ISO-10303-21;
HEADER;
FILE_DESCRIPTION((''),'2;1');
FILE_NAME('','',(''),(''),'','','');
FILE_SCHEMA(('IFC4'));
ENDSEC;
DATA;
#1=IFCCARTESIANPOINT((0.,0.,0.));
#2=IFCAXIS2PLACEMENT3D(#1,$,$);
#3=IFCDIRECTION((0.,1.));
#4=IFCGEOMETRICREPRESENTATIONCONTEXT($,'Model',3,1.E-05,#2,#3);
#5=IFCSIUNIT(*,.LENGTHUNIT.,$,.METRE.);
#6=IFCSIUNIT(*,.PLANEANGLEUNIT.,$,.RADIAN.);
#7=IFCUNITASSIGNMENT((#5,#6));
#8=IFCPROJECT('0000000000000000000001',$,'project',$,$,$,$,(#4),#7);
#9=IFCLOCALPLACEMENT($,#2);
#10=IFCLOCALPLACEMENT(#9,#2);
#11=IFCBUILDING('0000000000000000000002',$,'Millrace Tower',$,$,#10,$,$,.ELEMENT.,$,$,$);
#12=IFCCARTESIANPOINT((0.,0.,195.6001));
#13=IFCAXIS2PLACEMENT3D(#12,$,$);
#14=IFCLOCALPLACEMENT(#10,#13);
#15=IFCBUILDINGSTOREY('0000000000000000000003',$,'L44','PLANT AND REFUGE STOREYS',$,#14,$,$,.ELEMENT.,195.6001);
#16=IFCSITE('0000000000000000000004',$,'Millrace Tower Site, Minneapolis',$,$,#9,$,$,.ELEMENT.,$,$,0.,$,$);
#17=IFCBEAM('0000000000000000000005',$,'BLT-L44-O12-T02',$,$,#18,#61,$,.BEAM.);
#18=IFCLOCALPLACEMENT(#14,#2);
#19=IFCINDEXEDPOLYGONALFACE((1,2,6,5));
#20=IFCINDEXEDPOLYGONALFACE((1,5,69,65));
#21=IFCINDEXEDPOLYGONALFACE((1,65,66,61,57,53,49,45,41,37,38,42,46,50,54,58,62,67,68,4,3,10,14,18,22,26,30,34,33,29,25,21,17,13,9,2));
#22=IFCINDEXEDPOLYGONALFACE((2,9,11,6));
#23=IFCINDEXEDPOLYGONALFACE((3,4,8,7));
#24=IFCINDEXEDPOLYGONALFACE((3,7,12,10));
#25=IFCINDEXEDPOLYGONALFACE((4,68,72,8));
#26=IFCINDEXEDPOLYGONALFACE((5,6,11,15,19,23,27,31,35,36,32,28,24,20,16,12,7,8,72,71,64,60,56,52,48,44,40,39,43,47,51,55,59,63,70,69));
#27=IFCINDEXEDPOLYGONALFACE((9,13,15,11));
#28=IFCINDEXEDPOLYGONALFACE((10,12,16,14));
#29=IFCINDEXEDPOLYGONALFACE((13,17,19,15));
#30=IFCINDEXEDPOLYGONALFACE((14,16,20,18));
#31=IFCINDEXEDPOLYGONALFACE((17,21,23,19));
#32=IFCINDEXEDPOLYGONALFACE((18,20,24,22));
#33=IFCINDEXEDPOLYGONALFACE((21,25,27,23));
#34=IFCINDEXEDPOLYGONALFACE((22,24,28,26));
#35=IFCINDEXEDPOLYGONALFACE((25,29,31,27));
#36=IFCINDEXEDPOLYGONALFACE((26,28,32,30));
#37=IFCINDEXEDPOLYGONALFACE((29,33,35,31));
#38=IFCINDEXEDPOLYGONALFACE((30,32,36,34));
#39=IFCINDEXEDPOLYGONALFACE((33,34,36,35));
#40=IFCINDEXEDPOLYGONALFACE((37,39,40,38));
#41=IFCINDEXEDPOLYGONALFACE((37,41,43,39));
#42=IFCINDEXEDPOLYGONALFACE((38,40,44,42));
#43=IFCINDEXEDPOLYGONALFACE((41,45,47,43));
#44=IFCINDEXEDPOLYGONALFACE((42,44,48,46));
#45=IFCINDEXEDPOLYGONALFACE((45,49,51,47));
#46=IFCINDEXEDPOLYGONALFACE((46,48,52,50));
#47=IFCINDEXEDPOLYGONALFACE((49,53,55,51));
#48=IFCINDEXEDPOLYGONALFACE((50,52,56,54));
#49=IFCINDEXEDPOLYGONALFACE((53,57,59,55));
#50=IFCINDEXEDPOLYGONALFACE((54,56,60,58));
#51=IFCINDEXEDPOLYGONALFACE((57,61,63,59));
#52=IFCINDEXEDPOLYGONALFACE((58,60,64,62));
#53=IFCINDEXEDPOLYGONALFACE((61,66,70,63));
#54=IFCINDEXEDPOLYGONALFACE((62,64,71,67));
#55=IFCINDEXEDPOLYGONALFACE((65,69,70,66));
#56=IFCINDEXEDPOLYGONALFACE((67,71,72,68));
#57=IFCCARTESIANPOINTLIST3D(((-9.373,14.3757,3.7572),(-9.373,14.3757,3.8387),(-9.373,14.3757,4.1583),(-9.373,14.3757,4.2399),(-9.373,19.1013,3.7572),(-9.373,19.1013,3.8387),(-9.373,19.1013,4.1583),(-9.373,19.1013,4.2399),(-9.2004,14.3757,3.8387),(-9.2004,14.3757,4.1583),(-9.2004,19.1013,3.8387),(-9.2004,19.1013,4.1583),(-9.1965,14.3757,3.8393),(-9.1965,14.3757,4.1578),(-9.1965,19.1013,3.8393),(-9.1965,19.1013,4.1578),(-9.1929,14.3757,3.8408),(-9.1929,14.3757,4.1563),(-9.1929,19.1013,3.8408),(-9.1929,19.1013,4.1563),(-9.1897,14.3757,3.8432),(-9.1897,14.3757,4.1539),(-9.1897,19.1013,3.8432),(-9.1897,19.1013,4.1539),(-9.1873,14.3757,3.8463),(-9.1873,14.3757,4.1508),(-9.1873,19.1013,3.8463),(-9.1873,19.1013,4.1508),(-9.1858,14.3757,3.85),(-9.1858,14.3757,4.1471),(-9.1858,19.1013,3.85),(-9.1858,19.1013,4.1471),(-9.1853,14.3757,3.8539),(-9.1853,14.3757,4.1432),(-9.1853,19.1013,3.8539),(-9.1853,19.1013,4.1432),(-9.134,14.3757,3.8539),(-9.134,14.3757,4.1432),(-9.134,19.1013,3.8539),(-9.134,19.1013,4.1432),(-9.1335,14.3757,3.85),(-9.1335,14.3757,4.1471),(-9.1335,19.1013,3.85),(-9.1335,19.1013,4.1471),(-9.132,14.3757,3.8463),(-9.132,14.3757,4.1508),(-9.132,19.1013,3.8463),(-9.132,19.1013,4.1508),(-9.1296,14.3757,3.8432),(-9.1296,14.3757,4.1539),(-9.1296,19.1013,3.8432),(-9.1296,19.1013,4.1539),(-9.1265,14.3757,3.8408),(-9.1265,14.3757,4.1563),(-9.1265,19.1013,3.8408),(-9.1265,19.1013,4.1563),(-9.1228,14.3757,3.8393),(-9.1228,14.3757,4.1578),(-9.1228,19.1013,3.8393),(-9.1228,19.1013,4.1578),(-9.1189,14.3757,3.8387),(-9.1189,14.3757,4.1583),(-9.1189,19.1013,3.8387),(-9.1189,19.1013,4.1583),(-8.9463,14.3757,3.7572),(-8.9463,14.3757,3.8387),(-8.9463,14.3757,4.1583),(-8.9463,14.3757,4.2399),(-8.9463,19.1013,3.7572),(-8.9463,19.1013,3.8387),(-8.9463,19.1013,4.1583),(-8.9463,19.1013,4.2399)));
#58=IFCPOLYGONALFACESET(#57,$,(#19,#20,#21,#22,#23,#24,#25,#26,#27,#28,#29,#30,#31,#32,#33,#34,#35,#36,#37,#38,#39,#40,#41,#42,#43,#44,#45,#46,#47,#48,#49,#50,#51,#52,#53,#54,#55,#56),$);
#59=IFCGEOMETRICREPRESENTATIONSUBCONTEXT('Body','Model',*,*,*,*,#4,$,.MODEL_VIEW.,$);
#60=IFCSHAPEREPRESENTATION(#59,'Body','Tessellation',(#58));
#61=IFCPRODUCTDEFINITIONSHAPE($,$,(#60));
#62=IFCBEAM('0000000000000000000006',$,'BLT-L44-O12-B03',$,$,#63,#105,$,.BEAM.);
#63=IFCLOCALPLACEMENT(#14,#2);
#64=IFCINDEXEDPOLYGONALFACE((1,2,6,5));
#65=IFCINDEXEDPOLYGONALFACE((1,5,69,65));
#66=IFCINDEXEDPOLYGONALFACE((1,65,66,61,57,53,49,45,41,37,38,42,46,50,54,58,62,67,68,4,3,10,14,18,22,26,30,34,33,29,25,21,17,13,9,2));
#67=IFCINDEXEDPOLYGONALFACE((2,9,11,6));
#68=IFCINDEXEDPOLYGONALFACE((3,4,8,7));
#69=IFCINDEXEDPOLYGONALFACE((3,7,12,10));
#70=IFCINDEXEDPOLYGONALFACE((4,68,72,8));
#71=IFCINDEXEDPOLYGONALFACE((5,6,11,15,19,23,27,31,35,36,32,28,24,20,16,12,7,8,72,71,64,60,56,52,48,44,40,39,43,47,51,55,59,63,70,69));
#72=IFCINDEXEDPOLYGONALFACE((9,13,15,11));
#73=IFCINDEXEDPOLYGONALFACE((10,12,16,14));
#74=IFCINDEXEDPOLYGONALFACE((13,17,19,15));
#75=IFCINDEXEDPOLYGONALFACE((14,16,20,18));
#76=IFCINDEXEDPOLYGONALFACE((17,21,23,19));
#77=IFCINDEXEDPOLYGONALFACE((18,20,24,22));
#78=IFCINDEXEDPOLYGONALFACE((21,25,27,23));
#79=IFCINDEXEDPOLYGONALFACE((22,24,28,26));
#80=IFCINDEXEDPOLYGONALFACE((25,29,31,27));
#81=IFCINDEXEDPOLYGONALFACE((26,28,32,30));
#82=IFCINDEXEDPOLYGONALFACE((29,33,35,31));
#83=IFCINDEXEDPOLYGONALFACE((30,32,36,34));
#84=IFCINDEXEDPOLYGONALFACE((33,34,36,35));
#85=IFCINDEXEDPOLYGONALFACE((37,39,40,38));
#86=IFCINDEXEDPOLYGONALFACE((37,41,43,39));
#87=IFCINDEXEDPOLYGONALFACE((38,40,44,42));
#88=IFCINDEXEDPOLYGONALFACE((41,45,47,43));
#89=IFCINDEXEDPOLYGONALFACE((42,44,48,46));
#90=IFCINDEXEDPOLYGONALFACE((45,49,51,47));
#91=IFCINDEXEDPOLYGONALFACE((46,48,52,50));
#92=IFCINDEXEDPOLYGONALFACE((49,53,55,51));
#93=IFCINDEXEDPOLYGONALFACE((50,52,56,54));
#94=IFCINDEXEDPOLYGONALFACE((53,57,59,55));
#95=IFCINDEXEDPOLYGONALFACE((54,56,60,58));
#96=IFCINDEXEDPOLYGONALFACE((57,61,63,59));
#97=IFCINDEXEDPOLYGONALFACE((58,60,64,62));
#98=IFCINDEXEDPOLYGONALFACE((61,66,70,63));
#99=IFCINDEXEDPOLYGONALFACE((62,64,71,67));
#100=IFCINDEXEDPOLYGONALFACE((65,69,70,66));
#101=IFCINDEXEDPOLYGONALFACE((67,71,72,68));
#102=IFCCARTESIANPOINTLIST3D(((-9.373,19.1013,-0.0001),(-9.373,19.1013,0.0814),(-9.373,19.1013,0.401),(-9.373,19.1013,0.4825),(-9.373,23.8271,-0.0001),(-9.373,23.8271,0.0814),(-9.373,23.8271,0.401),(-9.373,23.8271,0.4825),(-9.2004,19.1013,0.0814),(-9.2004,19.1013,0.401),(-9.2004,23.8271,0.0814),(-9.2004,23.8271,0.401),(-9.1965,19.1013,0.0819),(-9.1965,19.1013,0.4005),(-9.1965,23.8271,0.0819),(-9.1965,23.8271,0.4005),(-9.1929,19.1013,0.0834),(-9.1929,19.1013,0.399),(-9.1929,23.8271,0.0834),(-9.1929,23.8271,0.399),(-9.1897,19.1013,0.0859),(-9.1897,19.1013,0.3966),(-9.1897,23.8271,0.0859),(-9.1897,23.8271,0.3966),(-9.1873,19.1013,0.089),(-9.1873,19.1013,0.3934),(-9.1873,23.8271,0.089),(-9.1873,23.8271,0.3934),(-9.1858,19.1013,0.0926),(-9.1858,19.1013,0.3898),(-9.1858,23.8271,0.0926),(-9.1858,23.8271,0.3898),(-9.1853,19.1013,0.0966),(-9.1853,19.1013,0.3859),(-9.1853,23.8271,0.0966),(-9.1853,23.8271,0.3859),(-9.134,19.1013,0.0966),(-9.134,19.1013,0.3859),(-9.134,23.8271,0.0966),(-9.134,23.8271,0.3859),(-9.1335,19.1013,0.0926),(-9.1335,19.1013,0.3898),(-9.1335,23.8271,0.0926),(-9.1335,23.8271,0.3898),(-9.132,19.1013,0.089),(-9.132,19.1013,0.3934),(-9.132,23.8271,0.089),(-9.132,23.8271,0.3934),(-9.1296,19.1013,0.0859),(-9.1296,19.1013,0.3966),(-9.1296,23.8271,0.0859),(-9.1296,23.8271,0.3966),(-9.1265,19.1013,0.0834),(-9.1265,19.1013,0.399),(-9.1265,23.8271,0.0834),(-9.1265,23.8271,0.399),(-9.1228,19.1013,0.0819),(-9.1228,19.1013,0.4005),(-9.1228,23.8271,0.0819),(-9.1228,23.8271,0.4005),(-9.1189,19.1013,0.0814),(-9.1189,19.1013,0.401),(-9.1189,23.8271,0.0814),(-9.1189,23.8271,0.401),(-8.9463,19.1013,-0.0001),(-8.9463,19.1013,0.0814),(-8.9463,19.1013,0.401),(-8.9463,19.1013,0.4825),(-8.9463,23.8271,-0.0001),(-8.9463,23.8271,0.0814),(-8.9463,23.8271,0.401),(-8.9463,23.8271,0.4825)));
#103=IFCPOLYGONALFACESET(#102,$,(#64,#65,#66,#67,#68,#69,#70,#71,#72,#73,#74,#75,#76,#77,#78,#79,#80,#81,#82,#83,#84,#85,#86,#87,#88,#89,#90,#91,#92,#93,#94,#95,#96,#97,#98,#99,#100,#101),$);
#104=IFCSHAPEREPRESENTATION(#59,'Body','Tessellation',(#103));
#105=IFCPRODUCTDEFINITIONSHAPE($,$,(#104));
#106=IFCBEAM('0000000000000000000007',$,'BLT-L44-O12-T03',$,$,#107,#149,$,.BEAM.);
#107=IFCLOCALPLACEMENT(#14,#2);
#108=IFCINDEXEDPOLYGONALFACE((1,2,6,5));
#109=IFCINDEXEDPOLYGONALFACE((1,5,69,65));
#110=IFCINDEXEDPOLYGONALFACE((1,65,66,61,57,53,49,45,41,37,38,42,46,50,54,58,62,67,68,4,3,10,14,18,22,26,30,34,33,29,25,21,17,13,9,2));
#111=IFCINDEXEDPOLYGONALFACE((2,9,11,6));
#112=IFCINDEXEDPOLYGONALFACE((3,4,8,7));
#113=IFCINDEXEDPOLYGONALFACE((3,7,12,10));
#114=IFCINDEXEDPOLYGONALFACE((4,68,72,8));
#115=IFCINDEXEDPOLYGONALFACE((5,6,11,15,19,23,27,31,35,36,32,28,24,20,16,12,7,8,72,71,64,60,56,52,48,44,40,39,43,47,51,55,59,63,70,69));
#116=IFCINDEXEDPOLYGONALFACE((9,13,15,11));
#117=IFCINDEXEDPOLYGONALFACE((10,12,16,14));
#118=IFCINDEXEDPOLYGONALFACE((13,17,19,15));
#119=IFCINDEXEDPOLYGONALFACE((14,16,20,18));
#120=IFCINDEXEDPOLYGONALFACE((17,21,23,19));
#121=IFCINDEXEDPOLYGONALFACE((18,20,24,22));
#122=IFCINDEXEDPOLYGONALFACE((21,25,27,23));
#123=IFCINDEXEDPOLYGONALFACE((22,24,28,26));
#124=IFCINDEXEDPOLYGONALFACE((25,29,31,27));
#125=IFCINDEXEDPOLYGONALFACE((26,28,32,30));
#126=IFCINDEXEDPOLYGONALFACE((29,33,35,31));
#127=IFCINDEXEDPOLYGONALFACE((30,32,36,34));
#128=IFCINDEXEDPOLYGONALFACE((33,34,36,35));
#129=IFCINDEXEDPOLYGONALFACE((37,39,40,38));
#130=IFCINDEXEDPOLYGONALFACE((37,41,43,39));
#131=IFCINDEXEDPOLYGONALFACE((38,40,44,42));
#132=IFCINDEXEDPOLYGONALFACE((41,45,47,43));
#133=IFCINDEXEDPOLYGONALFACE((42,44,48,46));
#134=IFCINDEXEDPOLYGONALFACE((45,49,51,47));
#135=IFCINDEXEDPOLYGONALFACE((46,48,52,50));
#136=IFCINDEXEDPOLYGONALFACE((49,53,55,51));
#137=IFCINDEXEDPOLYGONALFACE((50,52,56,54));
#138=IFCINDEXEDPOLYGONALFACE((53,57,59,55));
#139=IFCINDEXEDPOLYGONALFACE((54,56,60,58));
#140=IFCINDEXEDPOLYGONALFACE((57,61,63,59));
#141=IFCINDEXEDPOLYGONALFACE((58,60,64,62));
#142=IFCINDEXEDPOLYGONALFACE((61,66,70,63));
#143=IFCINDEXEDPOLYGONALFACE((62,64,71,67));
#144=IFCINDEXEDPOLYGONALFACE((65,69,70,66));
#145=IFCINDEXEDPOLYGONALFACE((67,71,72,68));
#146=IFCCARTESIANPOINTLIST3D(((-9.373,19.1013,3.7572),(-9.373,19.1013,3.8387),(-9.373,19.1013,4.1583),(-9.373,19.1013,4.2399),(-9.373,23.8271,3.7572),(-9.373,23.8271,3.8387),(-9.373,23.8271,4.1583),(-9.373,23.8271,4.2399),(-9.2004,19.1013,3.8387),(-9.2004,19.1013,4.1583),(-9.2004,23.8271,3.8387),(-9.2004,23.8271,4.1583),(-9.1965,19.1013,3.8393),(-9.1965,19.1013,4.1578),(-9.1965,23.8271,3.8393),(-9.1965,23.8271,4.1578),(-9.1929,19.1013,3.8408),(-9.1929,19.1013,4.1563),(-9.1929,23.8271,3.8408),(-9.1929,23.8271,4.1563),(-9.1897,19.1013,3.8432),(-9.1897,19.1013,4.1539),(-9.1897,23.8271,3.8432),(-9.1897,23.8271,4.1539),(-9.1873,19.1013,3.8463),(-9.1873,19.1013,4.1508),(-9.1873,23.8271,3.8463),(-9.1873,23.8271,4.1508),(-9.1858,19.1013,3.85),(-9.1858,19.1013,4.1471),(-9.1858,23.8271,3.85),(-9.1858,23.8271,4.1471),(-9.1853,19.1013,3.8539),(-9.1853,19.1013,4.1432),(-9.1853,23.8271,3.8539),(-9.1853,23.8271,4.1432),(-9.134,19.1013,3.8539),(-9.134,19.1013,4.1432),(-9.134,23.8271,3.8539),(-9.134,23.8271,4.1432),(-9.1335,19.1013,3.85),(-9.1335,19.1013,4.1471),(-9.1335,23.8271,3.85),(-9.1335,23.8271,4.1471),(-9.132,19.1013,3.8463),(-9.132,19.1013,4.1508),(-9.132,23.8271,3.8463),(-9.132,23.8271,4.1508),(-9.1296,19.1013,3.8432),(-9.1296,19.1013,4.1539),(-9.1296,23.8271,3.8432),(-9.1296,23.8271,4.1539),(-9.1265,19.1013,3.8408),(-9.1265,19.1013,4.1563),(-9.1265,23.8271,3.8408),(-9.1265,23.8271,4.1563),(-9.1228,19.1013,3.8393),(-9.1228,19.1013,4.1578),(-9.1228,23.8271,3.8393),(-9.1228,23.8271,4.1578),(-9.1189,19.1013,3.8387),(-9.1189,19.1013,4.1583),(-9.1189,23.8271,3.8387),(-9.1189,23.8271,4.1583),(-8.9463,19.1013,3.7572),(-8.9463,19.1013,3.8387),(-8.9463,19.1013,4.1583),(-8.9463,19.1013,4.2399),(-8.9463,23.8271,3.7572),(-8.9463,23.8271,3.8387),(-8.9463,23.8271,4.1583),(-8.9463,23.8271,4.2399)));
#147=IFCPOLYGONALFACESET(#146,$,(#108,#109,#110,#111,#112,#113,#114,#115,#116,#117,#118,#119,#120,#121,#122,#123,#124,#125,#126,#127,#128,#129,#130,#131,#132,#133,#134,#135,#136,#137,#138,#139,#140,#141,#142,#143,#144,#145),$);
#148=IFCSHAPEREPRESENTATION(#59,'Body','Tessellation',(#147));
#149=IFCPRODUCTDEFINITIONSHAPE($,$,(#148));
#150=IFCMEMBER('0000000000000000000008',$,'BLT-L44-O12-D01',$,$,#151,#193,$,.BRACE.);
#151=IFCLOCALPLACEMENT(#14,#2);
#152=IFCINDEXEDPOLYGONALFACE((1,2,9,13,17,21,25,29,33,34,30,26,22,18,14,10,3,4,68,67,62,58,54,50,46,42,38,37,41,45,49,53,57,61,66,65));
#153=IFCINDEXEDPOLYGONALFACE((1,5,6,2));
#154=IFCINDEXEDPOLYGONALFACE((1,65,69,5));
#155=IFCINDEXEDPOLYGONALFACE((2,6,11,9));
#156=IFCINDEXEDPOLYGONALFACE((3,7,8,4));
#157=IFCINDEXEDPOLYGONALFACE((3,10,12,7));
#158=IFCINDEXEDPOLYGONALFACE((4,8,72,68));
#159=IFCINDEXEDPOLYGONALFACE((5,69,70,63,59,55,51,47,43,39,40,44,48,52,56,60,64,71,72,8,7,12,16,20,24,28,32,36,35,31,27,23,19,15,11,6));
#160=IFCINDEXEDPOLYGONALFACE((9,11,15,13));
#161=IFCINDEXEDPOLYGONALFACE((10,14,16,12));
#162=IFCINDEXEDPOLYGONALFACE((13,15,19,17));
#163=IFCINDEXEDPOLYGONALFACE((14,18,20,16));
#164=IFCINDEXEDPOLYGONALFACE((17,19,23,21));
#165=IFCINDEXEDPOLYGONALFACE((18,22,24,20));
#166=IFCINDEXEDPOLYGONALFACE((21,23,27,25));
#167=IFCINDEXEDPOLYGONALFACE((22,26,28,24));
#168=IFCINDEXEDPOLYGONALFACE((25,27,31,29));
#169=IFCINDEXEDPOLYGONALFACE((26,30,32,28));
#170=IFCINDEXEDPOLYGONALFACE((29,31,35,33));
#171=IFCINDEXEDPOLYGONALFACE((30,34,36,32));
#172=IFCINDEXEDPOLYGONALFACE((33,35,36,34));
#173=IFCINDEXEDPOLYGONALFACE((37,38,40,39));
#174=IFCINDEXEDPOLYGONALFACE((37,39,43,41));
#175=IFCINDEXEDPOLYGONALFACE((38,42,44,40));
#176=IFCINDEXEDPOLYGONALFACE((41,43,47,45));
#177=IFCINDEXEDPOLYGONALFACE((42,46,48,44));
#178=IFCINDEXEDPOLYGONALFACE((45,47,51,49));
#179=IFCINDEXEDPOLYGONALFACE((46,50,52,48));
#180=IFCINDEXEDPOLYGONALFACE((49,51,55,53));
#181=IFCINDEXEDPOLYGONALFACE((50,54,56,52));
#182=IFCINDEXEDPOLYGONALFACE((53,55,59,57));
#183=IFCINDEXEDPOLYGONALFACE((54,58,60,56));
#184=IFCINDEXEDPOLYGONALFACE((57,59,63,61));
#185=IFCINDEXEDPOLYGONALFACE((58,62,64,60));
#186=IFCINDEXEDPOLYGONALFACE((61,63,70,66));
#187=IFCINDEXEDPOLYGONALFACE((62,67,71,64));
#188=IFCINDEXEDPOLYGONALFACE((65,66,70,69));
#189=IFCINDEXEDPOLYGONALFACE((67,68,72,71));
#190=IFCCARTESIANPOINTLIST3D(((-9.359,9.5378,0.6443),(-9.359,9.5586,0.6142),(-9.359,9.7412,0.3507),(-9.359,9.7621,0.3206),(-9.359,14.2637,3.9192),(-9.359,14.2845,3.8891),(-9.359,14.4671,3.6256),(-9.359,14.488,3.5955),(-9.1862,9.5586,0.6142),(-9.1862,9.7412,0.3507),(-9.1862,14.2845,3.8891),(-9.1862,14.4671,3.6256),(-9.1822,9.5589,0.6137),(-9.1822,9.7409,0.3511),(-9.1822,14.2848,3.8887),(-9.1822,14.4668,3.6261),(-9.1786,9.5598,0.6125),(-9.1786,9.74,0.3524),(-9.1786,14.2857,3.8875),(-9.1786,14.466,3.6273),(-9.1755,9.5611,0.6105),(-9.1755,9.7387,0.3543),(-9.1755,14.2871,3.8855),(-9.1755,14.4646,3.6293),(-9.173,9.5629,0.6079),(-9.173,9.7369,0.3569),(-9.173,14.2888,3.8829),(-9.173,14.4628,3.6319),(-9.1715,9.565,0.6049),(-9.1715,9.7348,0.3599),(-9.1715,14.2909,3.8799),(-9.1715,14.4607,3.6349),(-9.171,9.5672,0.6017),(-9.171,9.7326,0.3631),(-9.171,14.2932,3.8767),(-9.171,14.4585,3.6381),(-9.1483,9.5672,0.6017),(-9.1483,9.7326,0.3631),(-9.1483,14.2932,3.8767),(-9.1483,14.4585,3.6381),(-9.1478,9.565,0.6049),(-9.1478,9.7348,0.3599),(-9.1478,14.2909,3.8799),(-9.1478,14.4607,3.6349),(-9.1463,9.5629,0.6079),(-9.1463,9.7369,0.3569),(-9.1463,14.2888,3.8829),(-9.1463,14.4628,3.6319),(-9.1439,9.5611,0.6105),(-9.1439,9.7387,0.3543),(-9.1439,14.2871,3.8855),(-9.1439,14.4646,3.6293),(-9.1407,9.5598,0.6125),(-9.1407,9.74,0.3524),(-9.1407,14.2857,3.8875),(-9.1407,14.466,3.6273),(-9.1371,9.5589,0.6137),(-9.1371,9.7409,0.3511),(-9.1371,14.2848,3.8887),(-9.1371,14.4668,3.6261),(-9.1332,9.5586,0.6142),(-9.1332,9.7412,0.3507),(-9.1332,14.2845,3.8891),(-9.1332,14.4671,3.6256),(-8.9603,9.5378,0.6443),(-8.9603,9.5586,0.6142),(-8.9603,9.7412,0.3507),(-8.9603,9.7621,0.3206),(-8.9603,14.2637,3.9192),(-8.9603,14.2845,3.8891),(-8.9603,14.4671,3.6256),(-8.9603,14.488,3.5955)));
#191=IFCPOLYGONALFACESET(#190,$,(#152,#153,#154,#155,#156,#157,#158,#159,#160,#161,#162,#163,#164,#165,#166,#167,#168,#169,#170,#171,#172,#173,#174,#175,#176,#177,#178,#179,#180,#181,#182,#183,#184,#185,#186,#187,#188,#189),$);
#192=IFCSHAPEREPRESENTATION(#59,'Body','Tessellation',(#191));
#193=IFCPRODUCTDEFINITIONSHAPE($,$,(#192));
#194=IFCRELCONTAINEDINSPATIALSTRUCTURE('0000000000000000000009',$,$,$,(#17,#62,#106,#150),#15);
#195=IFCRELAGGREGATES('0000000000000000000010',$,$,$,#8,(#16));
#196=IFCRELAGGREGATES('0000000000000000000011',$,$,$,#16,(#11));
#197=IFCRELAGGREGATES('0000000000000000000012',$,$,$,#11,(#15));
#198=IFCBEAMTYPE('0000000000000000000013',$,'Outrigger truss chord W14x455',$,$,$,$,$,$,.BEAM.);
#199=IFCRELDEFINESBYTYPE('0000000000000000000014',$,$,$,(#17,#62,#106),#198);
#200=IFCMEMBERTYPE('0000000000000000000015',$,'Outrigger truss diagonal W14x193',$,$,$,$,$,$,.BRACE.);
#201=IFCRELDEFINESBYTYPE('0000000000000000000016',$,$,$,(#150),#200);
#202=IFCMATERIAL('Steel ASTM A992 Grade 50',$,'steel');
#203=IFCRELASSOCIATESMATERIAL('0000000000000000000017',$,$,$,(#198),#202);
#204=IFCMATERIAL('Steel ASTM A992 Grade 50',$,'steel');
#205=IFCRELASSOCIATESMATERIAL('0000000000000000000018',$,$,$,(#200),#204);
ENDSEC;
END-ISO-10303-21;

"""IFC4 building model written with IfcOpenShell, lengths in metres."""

from ifc_helpers import new_model, si_unit, direction, frame, origin, origin_2d, place, context, subcontext, project, spatial, i_section, extrude, material, material_profile, profile_set, type_object, element, save


model = new_model("IFC4")

# Units and contexts
model_context = context("Model", 3, precision=1e-05, world=origin(), true_north=direction((0.0, 1.0)))
body_context = subcontext(model_context, "Body", "Model", "MODEL_VIEW")
ifc_project = project(units=[si_unit("LENGTHUNIT", "METRE"), si_unit("PLANEANGLEUNIT", "RADIAN")], contexts=[model_context])

# Site, building, storey
site_placement = place(None, origin())
site = spatial("IfcSite", under=ifc_project, at=site_placement, Name="Millrace Tower Site, Minneapolis", CompositionType="ELEMENT", RefElevation=0.0)
building_placement = place(site_placement, origin())
building = spatial("IfcBuilding", under=site, at=building_placement, Name="Millrace Tower", CompositionType="ELEMENT")
storey_placement = place(building_placement, frame((0.0, 0.0, 195.6001)))
storey = spatial("IfcBuildingStorey", under=building, at=storey_placement, Name="L44", Description="PLANT AND REFUGE STOREYS", CompositionType="ELEMENT", Elevation=195.6001)

# Beams
ifc_material_1 = material(Name="Steel ASTM A992 Grade 50", Category="steel")
ifc_material_profile_1 = material_profile(ifc_material_1, i_section(OverallWidth=0.4268, OverallDepth=0.4827, WebThickness=0.0513, FlangeThickness=0.0815, FilletRadius=0.0151, at=origin_2d()))
ifc_profile_set_1 = profile_set([ifc_material_profile_1], Name="Steel ASTM A992 Grade 50")
beam_type_1 = type_object("IfcBeamType", Name="Outrigger truss chord W14x455", PredefinedType="BEAM", material=ifc_profile_set_1)
for number, where, z_axis, x_axis, name in (
    (1, (-9.1597, 14.3757, 3.9985), (0.0, 1.0, 0.0), (-1.0, 0.0, 0.0), "BLT-L44-O12-T02"),
):
    element("IfcBeam", number, at=place(storey_placement, frame(where, z_axis=z_axis, x_axis=x_axis)), inside=storey, type_object=beam_type_1, Name=name, PredefinedType="BEAM", context=body_context, shape_type="SweptSolid", body=[
        extrude(i_section(OverallWidth=0.4268, OverallDepth=0.4827, WebThickness=0.0513, FlangeThickness=0.0815, FilletRadius=0.0151, at=origin_2d()), origin(), (0.0, 0.0, 1.0), 4.7256),
    ])
for number, where, z_axis, x_axis, name in (
    (2, (-9.1597, 19.1013, 0.2412), (0.0, 1.0, 0.0), (-1.0, 0.0, 0.0), "BLT-L44-O12-B03"),
    (3, (-9.1597, 19.1013, 3.9985), (0.0, 1.0, 0.0), (-1.0, 0.0, 0.0), "BLT-L44-O12-T03"),
):
    element("IfcBeam", number, at=place(storey_placement, frame(where, z_axis=z_axis, x_axis=x_axis)), inside=storey, type_object=beam_type_1, Name=name, PredefinedType="BEAM", context=body_context, shape_type="SweptSolid", body=[
        extrude(i_section(OverallWidth=0.4268, OverallDepth=0.4827, WebThickness=0.0513, FlangeThickness=0.0815, FilletRadius=0.0151, at=origin_2d()), origin(), (0.0, 0.0, 1.0), 4.7258),
    ])

# Member
ifc_material_2 = material(Name="Steel ASTM A992 Grade 50", Category="steel")
ifc_material_profile_2 = material_profile(ifc_material_2, i_section(OverallWidth=0.3987, OverallDepth=0.3938, WebThickness=0.0227, FlangeThickness=0.0366, FilletRadius=0.0151, at=origin_2d()))
ifc_profile_set_2 = profile_set([ifc_material_profile_2], Name="Steel ASTM A992 Grade 50")
member_type_1 = type_object("IfcMemberType", Name="Outrigger truss diagonal W14x193", PredefinedType="BRACE", material=ifc_profile_set_2)
member_1_placement = place(storey_placement, frame((-9.1597, 9.6499, 0.4824), z_axis=(0.0, 0.821934, 0.569583), x_axis=(-1.0, 0.0, 0.0)))
element("IfcMember", 4, at=member_1_placement, inside=storey, type_object=member_type_1, Name="BLT-L44-O12-D01", PredefinedType="BRACE", context=body_context, shape_type="SweptSolid", body=[
    extrude(i_section(OverallWidth=0.3987, OverallDepth=0.3938, WebThickness=0.0227, FlangeThickness=0.0366, FilletRadius=0.0151, at=origin_2d()), origin(), (0.0, 0.0, 1.0), 5.7498),
])

save(model, "model.ifc")
